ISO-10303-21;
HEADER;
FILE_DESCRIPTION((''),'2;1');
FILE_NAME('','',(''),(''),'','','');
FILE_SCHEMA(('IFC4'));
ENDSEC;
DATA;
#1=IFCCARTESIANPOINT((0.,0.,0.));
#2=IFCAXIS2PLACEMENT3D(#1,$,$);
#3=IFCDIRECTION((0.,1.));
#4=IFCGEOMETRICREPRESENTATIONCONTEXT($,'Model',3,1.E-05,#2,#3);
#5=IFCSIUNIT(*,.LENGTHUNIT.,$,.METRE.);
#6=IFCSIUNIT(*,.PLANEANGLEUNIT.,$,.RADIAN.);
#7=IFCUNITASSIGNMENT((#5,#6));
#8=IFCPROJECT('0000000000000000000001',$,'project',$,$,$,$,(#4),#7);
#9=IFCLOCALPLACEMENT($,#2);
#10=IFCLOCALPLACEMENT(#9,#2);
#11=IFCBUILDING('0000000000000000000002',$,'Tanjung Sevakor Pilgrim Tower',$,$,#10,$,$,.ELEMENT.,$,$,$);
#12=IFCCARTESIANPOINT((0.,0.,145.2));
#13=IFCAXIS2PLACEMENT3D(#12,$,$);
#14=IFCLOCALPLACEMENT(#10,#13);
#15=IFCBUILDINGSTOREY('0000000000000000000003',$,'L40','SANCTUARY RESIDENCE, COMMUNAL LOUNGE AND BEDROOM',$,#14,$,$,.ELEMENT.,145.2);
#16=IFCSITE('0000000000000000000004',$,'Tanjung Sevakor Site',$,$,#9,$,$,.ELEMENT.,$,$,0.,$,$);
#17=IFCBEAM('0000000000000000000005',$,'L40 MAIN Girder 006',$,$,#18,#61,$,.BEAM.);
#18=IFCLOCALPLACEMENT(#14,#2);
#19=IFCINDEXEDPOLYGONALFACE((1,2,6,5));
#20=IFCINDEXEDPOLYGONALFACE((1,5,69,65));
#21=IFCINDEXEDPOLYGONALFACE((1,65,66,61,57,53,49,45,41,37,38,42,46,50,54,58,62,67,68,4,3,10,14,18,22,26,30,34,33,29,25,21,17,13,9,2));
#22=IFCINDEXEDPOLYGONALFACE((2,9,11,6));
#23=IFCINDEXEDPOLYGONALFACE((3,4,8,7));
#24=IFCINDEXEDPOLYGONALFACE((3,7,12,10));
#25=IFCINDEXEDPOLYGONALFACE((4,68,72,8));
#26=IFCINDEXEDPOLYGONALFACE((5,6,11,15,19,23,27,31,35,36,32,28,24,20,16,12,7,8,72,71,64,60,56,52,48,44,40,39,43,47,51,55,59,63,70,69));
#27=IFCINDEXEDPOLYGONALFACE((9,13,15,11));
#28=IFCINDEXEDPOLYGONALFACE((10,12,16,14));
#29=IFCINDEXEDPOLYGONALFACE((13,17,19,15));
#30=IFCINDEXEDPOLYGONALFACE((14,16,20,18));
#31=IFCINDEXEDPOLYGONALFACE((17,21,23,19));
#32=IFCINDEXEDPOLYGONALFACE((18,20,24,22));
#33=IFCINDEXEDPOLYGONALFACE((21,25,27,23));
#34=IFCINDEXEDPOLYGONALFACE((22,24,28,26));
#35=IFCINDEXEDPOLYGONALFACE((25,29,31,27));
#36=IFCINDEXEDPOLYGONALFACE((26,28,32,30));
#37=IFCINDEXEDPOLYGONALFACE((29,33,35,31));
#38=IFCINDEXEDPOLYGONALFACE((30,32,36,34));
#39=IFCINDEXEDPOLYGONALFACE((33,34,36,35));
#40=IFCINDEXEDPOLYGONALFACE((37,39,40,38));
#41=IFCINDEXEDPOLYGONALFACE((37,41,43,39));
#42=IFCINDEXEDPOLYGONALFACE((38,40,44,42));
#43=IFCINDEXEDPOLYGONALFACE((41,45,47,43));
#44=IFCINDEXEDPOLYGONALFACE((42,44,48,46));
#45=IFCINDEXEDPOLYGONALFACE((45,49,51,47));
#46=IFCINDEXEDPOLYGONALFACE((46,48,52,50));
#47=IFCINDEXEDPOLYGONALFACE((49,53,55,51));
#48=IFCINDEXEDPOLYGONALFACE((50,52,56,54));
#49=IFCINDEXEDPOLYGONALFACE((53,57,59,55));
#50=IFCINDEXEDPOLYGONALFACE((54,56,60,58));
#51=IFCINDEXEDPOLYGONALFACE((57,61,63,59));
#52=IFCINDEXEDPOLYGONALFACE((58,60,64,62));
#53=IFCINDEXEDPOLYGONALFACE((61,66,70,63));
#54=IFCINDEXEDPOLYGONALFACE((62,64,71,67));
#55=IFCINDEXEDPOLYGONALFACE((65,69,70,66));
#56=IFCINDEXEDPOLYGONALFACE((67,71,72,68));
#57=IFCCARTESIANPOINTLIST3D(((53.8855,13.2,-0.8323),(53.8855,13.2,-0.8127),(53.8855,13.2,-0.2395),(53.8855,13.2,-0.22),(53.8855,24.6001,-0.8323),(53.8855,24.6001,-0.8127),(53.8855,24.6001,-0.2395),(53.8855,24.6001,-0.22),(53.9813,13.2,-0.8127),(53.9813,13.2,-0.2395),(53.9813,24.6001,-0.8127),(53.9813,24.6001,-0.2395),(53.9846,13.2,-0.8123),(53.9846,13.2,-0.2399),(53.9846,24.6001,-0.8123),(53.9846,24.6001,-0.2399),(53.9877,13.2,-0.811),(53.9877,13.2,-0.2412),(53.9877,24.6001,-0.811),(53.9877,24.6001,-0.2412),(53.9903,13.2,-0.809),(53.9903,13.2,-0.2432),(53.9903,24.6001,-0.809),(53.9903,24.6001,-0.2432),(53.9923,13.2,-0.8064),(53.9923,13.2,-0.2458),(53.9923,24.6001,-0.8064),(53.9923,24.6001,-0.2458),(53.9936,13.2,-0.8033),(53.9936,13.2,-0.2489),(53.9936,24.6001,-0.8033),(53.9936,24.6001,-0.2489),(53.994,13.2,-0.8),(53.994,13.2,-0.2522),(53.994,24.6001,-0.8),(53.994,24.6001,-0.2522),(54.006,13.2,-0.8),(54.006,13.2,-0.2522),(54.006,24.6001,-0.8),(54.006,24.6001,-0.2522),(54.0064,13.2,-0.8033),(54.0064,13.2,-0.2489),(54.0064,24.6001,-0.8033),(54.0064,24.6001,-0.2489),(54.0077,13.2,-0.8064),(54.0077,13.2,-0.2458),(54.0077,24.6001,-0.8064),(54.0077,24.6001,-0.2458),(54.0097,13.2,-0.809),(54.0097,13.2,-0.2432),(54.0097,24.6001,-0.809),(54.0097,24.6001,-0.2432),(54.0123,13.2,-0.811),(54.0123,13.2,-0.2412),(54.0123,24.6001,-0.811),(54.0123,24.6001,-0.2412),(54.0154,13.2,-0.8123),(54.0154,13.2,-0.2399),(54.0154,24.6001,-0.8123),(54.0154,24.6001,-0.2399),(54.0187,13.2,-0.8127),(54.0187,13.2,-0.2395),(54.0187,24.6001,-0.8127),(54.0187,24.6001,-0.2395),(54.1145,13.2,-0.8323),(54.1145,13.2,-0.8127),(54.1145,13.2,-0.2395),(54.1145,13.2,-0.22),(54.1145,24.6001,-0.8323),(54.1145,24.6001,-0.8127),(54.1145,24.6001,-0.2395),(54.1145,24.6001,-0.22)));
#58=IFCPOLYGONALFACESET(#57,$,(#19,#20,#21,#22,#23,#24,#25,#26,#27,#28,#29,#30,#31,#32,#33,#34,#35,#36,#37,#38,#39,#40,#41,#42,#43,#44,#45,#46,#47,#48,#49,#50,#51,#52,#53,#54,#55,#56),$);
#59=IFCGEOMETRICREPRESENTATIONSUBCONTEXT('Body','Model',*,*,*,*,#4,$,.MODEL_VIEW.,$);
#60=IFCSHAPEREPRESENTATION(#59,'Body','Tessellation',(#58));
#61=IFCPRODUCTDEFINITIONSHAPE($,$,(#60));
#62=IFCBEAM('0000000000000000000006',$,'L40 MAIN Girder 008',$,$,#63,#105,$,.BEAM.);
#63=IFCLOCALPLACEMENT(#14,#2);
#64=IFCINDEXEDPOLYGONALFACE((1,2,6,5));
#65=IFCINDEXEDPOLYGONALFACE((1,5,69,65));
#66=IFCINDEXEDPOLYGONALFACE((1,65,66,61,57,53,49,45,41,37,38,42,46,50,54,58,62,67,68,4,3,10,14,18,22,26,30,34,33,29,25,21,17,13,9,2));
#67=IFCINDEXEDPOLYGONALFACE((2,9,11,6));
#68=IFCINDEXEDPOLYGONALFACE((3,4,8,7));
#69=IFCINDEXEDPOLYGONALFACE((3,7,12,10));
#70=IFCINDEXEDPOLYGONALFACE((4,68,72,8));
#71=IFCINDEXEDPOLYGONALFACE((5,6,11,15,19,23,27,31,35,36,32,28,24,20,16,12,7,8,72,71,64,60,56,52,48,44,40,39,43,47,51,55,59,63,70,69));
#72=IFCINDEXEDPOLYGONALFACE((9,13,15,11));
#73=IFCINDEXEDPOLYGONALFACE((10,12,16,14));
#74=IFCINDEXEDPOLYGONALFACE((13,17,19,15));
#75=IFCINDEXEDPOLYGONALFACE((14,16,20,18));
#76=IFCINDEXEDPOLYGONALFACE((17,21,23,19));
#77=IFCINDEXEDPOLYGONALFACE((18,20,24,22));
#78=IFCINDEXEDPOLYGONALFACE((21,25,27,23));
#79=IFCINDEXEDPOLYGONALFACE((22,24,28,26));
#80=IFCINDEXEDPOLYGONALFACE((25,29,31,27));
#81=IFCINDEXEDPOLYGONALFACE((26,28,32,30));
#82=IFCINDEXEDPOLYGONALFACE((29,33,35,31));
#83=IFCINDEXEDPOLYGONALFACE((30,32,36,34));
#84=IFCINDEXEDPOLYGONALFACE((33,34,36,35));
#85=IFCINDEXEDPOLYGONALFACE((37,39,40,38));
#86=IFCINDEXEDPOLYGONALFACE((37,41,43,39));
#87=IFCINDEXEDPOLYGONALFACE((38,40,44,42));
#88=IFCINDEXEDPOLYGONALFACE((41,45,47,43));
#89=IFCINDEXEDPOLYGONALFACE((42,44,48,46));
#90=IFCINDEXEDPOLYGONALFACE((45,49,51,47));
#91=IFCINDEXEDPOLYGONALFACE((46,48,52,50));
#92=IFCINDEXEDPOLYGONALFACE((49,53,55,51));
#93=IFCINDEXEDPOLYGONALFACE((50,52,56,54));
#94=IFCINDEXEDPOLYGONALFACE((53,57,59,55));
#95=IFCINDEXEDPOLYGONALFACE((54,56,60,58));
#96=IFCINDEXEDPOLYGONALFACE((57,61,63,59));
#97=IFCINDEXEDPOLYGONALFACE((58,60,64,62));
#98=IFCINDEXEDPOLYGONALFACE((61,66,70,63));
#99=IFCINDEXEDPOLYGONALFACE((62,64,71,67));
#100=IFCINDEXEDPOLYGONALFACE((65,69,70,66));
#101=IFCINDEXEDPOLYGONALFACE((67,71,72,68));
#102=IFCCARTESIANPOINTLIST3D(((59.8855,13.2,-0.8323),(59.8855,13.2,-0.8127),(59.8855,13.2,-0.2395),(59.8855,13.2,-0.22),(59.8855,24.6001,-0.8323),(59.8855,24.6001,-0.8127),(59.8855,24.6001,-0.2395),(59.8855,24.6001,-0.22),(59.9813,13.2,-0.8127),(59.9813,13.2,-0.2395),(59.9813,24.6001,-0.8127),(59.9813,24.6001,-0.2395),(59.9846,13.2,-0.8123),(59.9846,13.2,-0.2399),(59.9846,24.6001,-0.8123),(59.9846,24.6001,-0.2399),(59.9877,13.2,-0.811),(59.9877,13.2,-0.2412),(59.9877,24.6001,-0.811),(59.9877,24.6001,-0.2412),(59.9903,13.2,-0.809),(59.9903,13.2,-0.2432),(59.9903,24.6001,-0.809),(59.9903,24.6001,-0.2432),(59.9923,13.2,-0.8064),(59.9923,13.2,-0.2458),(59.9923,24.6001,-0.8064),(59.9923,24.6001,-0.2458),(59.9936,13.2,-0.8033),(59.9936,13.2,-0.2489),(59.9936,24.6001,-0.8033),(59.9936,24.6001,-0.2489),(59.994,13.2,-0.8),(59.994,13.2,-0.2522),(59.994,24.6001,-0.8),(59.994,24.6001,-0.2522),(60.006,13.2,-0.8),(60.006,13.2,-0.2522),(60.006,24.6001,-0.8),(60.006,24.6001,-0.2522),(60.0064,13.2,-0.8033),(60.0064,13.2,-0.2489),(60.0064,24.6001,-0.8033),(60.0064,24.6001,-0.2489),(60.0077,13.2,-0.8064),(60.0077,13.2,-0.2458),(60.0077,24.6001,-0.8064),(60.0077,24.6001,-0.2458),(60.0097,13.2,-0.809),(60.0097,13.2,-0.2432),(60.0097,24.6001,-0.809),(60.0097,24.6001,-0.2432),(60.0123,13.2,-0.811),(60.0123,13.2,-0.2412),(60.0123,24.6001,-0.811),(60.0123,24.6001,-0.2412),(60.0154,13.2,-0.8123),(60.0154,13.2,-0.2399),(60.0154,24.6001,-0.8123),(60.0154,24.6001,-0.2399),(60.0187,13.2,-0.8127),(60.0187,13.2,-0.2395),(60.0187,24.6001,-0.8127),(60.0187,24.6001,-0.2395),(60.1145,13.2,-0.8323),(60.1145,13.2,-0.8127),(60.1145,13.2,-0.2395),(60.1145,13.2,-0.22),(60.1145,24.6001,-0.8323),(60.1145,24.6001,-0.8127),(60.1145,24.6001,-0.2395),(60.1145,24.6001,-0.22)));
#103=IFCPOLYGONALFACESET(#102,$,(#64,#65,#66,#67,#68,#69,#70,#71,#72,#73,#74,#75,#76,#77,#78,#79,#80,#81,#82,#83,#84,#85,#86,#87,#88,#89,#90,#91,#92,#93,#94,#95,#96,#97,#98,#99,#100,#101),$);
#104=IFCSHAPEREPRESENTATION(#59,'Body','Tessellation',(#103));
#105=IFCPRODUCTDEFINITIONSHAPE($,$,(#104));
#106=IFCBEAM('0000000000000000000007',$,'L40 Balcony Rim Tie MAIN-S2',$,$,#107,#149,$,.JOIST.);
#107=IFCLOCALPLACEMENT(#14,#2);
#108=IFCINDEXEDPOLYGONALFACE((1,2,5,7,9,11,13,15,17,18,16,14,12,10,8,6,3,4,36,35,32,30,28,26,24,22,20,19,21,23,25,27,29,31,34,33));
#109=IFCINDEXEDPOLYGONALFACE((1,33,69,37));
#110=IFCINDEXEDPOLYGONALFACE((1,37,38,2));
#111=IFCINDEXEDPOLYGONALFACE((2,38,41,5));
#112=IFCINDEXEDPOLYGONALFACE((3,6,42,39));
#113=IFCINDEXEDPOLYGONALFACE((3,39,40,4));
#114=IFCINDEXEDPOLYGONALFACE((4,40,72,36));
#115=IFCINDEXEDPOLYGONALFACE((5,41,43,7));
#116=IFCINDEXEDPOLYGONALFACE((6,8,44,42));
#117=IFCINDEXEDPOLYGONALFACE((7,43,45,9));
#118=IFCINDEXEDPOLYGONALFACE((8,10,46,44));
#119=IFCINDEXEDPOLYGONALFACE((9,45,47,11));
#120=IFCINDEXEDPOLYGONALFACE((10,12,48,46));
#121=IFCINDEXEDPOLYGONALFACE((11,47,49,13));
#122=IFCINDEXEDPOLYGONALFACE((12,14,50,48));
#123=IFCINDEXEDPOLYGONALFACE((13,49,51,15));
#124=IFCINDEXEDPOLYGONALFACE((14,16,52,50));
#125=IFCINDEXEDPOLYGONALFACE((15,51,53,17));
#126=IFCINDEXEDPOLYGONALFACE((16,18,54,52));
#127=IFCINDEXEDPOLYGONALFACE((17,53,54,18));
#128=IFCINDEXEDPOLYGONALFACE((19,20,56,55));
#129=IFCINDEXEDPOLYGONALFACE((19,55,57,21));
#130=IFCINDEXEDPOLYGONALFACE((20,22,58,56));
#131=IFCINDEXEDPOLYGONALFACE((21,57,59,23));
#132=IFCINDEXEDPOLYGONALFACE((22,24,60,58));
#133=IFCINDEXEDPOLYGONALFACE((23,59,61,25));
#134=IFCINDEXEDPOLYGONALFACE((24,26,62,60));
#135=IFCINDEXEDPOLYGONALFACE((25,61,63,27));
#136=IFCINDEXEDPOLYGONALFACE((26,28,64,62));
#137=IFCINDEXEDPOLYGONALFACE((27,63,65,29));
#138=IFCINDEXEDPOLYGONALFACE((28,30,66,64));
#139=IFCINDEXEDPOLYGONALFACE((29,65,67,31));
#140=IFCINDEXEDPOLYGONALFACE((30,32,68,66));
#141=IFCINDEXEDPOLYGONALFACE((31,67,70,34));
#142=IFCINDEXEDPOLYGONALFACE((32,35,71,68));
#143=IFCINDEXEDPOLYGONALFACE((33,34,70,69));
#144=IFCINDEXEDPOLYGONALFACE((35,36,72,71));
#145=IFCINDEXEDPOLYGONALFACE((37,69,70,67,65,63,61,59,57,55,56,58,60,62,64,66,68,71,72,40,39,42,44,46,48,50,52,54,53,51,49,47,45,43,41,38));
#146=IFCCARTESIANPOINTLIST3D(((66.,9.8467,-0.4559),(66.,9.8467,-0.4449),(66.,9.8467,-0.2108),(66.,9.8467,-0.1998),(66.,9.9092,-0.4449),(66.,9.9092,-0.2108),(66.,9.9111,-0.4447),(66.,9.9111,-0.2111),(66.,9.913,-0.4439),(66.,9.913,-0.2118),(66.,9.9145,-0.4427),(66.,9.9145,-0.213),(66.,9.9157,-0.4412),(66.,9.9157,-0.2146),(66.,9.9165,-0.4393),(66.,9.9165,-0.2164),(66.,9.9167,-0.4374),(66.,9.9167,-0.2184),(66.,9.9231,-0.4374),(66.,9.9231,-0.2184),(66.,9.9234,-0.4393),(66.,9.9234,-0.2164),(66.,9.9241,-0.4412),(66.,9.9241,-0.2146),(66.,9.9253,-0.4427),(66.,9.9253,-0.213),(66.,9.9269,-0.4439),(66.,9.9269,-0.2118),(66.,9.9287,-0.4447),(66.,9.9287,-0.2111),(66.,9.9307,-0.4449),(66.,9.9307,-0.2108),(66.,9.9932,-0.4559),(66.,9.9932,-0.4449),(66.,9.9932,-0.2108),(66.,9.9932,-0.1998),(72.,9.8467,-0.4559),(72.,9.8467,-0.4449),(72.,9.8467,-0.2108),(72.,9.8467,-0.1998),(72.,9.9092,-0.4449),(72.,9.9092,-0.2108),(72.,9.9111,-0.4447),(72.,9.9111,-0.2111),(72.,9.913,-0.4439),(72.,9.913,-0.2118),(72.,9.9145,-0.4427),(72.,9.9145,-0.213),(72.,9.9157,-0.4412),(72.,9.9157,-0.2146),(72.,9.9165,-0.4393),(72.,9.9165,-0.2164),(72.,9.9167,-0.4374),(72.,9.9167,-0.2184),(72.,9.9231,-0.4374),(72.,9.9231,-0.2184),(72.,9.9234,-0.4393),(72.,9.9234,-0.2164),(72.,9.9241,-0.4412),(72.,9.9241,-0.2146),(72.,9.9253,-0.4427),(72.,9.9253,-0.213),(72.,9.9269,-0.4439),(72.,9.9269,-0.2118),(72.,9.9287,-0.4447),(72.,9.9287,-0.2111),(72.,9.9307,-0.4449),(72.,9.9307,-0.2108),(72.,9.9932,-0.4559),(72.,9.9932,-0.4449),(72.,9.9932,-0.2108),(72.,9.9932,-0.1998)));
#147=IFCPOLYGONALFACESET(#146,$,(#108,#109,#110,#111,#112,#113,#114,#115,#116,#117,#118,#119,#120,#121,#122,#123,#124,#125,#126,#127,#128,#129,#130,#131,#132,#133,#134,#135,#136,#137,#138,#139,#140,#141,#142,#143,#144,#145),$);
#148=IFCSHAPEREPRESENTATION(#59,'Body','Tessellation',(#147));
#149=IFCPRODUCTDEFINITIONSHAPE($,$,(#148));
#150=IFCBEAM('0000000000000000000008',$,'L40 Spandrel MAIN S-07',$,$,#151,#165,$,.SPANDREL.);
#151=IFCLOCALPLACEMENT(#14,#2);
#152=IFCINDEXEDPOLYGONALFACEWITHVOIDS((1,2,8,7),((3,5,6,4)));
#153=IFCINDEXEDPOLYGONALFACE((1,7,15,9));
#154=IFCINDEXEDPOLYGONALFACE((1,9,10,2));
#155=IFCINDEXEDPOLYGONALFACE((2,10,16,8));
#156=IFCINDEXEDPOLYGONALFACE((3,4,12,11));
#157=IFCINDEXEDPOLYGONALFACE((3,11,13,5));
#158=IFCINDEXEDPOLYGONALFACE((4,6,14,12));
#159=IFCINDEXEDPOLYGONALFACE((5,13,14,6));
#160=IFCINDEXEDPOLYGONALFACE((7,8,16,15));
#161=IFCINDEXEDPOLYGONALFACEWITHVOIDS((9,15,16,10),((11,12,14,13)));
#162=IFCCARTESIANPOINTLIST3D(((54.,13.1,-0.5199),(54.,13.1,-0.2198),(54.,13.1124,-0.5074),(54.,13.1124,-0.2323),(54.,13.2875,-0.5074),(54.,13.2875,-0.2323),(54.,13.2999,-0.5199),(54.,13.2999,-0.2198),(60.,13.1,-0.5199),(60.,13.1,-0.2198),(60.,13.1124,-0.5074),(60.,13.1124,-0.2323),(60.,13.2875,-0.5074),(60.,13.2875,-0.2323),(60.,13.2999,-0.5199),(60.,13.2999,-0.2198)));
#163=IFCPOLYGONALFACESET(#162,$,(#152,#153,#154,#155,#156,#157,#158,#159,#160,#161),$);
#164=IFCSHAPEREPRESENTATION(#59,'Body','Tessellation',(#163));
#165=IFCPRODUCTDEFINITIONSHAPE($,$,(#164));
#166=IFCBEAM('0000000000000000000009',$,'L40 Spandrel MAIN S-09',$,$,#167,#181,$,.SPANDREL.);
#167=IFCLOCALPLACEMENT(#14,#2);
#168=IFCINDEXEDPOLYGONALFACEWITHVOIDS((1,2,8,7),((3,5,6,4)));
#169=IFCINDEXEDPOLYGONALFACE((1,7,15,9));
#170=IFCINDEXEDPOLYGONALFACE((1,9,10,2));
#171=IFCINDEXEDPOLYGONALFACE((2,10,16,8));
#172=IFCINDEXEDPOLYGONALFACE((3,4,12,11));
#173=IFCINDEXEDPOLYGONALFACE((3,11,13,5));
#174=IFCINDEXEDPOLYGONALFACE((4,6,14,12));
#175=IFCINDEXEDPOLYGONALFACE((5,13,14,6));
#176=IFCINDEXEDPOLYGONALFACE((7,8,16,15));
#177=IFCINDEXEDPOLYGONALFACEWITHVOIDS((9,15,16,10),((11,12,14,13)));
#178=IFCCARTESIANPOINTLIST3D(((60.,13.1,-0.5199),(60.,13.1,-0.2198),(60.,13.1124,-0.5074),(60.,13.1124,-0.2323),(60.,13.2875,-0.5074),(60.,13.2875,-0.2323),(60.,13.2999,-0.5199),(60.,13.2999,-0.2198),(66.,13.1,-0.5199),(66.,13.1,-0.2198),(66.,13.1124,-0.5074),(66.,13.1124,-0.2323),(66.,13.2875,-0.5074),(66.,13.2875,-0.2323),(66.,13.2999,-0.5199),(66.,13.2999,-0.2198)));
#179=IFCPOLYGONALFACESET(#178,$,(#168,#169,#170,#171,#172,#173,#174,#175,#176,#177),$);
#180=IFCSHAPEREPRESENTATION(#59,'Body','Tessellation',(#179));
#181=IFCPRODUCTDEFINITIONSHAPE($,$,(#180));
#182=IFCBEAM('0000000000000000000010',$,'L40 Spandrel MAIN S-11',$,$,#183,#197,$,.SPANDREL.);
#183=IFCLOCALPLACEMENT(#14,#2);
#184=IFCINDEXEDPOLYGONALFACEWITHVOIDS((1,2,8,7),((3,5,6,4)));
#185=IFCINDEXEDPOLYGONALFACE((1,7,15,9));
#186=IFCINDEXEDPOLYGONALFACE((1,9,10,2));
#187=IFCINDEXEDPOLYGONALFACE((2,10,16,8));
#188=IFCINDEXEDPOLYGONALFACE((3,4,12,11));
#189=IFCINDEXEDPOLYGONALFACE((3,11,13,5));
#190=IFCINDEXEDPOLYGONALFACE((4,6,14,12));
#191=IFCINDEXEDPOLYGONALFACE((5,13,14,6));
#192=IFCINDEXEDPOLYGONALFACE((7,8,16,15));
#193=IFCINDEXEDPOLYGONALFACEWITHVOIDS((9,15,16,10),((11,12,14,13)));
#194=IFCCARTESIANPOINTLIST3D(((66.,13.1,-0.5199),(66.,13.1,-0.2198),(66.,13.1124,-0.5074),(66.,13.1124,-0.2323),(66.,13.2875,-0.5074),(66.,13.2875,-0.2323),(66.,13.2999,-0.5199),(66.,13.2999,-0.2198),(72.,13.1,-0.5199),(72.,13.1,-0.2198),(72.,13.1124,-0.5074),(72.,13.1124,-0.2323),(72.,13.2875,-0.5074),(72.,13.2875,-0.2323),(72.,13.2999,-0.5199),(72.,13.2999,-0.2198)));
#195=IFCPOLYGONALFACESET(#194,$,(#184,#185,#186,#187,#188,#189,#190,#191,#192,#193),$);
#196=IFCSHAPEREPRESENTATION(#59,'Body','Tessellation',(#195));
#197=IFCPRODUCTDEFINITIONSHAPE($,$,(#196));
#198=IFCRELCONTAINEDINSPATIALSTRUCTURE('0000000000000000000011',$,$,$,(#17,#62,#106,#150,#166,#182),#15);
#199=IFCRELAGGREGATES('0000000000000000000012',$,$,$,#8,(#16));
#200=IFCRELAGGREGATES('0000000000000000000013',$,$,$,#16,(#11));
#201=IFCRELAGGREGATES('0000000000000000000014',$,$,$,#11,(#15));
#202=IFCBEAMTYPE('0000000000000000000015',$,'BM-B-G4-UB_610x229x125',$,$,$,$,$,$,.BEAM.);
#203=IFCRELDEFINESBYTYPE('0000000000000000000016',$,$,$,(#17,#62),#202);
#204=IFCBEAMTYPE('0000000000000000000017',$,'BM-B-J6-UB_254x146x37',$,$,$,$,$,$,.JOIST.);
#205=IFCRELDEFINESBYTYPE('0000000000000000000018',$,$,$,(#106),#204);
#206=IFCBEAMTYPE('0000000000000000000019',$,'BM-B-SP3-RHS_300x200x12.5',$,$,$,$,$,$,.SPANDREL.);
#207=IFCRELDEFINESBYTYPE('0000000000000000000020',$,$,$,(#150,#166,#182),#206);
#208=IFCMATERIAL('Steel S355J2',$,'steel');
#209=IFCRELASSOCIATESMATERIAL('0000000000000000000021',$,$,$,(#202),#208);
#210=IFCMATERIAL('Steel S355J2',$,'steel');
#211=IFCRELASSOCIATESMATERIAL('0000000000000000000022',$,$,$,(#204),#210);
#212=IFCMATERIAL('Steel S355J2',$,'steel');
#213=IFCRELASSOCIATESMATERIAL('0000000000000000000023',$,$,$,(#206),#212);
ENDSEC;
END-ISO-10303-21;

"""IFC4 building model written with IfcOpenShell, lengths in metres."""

from ifc_helpers import new_model, si_unit, direction, frame, origin, origin_2d, place, context, subcontext, project, spatial, hollow_rectangle, i_section, extrude, material, material_profile, profile_set, type_object, element, save


model = new_model("IFC4")

# Units and contexts
model_context = context("Model", 3, precision=1e-05, world=origin(), true_north=direction((0.0, 1.0)))
body_context = subcontext(model_context, "Body", "Model", "MODEL_VIEW")
ifc_project = project(units=[si_unit("LENGTHUNIT", "METRE"), si_unit("PLANEANGLEUNIT", "RADIAN")], contexts=[model_context])

# Site, building, storey
site_placement = place(None, origin())
site = spatial("IfcSite", under=ifc_project, at=site_placement, Name="Tanjung Sevakor Site", CompositionType="ELEMENT", RefElevation=0.0)
building_placement = place(site_placement, origin())
building = spatial("IfcBuilding", under=site, at=building_placement, Name="Tanjung Sevakor Pilgrim Tower", CompositionType="ELEMENT")
storey_placement = place(building_placement, frame((0.0, 0.0, 145.2)))
storey = spatial("IfcBuildingStorey", under=building, at=storey_placement, Name="L40", Description="SANCTUARY RESIDENCE, COMMUNAL LOUNGE AND BEDROOM", CompositionType="ELEMENT", Elevation=145.2)

# Beams
ifc_material_1 = material(Name="Steel S355J2", Category="steel")
ifc_material_profile_1 = material_profile(ifc_material_1, i_section(OverallWidth=0.229, OverallDepth=0.6123, WebThickness=0.012, FlangeThickness=0.0195, FilletRadius=0.0127, at=origin_2d()))
ifc_profile_set_1 = profile_set([ifc_material_profile_1], Name="Steel S355J2")
beam_type_1 = type_object("IfcBeamType", Name="BM-B-G4-UB_610x229x125", PredefinedType="BEAM", material=ifc_profile_set_1)
for number, where, z_axis, x_axis, name in (
    (1, (54.0, 13.2, -0.5261), (0.0, 1.0, 0.0), (-1.0, 0.0, 0.0), "L40 MAIN Girder 006"),
    (2, (60.0, 13.2, -0.5261), (0.0, 1.0, 0.0), (-1.0, 0.0, 0.0), "L40 MAIN Girder 008"),
):
    element("IfcBeam", number, at=place(storey_placement, frame(where, z_axis=z_axis, x_axis=x_axis)), inside=storey, type_object=beam_type_1, Name=name, PredefinedType="BEAM", context=body_context, shape_type="SweptSolid", body=[
        extrude(i_section(OverallWidth=0.229, OverallDepth=0.6123, WebThickness=0.012, FlangeThickness=0.0195, FilletRadius=0.0127, at=origin_2d()), origin(), (0.0, 0.0, 1.0), 11.4001),
    ])
ifc_material_2 = material(Name="Steel S355J2", Category="steel")
ifc_material_profile_2 = material_profile(ifc_material_2, i_section(OverallWidth=0.1465, OverallDepth=0.2561, WebThickness=0.0063, FlangeThickness=0.011, FilletRadius=0.0076, at=origin_2d()))
ifc_profile_set_2 = profile_set([ifc_material_profile_2], Name="Steel S355J2")
beam_type_2 = type_object("IfcBeamType", Name="BM-B-J6-UB_254x146x37", PredefinedType="JOIST", material=ifc_profile_set_2)
beam_placement = place(storey_placement, frame((66.0, 9.9199, -0.3279), z_axis=(1.0, 0.0, 0.0), x_axis=(0.0, 1.0, 0.0)))
element("IfcBeam", 3, at=beam_placement, inside=storey, type_object=beam_type_2, Name="L40 Balcony Rim Tie MAIN-S2", PredefinedType="JOIST", context=body_context, shape_type="SweptSolid", body=[
    extrude(i_section(OverallWidth=0.1465, OverallDepth=0.2561, WebThickness=0.0063, FlangeThickness=0.011, FilletRadius=0.0076, at=origin_2d()), origin(), (0.0, 0.0, 1.0), 6.0),
])
ifc_material_3 = material(Name="Steel S355J2", Category="steel")
ifc_material_profile_3 = material_profile(ifc_material_3, hollow_rectangle(XDim=0.2, YDim=0.3, WallThickness=0.0125, at=origin_2d()))
ifc_profile_set_3 = profile_set([ifc_material_profile_3], Name="Steel S355J2")
beam_type_3 = type_object("IfcBeamType", Name="BM-B-SP3-RHS_300x200x12.5", PredefinedType="SPANDREL", material=ifc_profile_set_3)
for number, where, z_axis, x_axis, name in (
    (4, (54.0, 13.2, -0.3699), (1.0, 0.0, 0.0), (0.0, 1.0, 0.0), "L40 Spandrel MAIN S-07"),
    (5, (60.0, 13.2, -0.3699), (1.0, 0.0, 0.0), (0.0, 1.0, 0.0), "L40 Spandrel MAIN S-09"),
    (6, (66.0, 13.2, -0.3699), (1.0, 0.0, 0.0), (0.0, 1.0, 0.0), "L40 Spandrel MAIN S-11"),
):
    element("IfcBeam", number, at=place(storey_placement, frame(where, z_axis=z_axis, x_axis=x_axis)), inside=storey, type_object=beam_type_3, Name=name, PredefinedType="SPANDREL", context=body_context, shape_type="SweptSolid", body=[
        extrude(hollow_rectangle(XDim=0.2, YDim=0.3, WallThickness=0.0125, at=origin_2d()), origin(), (0.0, 0.0, 1.0), 6.0),
    ])

save(model, "model.ifc")
